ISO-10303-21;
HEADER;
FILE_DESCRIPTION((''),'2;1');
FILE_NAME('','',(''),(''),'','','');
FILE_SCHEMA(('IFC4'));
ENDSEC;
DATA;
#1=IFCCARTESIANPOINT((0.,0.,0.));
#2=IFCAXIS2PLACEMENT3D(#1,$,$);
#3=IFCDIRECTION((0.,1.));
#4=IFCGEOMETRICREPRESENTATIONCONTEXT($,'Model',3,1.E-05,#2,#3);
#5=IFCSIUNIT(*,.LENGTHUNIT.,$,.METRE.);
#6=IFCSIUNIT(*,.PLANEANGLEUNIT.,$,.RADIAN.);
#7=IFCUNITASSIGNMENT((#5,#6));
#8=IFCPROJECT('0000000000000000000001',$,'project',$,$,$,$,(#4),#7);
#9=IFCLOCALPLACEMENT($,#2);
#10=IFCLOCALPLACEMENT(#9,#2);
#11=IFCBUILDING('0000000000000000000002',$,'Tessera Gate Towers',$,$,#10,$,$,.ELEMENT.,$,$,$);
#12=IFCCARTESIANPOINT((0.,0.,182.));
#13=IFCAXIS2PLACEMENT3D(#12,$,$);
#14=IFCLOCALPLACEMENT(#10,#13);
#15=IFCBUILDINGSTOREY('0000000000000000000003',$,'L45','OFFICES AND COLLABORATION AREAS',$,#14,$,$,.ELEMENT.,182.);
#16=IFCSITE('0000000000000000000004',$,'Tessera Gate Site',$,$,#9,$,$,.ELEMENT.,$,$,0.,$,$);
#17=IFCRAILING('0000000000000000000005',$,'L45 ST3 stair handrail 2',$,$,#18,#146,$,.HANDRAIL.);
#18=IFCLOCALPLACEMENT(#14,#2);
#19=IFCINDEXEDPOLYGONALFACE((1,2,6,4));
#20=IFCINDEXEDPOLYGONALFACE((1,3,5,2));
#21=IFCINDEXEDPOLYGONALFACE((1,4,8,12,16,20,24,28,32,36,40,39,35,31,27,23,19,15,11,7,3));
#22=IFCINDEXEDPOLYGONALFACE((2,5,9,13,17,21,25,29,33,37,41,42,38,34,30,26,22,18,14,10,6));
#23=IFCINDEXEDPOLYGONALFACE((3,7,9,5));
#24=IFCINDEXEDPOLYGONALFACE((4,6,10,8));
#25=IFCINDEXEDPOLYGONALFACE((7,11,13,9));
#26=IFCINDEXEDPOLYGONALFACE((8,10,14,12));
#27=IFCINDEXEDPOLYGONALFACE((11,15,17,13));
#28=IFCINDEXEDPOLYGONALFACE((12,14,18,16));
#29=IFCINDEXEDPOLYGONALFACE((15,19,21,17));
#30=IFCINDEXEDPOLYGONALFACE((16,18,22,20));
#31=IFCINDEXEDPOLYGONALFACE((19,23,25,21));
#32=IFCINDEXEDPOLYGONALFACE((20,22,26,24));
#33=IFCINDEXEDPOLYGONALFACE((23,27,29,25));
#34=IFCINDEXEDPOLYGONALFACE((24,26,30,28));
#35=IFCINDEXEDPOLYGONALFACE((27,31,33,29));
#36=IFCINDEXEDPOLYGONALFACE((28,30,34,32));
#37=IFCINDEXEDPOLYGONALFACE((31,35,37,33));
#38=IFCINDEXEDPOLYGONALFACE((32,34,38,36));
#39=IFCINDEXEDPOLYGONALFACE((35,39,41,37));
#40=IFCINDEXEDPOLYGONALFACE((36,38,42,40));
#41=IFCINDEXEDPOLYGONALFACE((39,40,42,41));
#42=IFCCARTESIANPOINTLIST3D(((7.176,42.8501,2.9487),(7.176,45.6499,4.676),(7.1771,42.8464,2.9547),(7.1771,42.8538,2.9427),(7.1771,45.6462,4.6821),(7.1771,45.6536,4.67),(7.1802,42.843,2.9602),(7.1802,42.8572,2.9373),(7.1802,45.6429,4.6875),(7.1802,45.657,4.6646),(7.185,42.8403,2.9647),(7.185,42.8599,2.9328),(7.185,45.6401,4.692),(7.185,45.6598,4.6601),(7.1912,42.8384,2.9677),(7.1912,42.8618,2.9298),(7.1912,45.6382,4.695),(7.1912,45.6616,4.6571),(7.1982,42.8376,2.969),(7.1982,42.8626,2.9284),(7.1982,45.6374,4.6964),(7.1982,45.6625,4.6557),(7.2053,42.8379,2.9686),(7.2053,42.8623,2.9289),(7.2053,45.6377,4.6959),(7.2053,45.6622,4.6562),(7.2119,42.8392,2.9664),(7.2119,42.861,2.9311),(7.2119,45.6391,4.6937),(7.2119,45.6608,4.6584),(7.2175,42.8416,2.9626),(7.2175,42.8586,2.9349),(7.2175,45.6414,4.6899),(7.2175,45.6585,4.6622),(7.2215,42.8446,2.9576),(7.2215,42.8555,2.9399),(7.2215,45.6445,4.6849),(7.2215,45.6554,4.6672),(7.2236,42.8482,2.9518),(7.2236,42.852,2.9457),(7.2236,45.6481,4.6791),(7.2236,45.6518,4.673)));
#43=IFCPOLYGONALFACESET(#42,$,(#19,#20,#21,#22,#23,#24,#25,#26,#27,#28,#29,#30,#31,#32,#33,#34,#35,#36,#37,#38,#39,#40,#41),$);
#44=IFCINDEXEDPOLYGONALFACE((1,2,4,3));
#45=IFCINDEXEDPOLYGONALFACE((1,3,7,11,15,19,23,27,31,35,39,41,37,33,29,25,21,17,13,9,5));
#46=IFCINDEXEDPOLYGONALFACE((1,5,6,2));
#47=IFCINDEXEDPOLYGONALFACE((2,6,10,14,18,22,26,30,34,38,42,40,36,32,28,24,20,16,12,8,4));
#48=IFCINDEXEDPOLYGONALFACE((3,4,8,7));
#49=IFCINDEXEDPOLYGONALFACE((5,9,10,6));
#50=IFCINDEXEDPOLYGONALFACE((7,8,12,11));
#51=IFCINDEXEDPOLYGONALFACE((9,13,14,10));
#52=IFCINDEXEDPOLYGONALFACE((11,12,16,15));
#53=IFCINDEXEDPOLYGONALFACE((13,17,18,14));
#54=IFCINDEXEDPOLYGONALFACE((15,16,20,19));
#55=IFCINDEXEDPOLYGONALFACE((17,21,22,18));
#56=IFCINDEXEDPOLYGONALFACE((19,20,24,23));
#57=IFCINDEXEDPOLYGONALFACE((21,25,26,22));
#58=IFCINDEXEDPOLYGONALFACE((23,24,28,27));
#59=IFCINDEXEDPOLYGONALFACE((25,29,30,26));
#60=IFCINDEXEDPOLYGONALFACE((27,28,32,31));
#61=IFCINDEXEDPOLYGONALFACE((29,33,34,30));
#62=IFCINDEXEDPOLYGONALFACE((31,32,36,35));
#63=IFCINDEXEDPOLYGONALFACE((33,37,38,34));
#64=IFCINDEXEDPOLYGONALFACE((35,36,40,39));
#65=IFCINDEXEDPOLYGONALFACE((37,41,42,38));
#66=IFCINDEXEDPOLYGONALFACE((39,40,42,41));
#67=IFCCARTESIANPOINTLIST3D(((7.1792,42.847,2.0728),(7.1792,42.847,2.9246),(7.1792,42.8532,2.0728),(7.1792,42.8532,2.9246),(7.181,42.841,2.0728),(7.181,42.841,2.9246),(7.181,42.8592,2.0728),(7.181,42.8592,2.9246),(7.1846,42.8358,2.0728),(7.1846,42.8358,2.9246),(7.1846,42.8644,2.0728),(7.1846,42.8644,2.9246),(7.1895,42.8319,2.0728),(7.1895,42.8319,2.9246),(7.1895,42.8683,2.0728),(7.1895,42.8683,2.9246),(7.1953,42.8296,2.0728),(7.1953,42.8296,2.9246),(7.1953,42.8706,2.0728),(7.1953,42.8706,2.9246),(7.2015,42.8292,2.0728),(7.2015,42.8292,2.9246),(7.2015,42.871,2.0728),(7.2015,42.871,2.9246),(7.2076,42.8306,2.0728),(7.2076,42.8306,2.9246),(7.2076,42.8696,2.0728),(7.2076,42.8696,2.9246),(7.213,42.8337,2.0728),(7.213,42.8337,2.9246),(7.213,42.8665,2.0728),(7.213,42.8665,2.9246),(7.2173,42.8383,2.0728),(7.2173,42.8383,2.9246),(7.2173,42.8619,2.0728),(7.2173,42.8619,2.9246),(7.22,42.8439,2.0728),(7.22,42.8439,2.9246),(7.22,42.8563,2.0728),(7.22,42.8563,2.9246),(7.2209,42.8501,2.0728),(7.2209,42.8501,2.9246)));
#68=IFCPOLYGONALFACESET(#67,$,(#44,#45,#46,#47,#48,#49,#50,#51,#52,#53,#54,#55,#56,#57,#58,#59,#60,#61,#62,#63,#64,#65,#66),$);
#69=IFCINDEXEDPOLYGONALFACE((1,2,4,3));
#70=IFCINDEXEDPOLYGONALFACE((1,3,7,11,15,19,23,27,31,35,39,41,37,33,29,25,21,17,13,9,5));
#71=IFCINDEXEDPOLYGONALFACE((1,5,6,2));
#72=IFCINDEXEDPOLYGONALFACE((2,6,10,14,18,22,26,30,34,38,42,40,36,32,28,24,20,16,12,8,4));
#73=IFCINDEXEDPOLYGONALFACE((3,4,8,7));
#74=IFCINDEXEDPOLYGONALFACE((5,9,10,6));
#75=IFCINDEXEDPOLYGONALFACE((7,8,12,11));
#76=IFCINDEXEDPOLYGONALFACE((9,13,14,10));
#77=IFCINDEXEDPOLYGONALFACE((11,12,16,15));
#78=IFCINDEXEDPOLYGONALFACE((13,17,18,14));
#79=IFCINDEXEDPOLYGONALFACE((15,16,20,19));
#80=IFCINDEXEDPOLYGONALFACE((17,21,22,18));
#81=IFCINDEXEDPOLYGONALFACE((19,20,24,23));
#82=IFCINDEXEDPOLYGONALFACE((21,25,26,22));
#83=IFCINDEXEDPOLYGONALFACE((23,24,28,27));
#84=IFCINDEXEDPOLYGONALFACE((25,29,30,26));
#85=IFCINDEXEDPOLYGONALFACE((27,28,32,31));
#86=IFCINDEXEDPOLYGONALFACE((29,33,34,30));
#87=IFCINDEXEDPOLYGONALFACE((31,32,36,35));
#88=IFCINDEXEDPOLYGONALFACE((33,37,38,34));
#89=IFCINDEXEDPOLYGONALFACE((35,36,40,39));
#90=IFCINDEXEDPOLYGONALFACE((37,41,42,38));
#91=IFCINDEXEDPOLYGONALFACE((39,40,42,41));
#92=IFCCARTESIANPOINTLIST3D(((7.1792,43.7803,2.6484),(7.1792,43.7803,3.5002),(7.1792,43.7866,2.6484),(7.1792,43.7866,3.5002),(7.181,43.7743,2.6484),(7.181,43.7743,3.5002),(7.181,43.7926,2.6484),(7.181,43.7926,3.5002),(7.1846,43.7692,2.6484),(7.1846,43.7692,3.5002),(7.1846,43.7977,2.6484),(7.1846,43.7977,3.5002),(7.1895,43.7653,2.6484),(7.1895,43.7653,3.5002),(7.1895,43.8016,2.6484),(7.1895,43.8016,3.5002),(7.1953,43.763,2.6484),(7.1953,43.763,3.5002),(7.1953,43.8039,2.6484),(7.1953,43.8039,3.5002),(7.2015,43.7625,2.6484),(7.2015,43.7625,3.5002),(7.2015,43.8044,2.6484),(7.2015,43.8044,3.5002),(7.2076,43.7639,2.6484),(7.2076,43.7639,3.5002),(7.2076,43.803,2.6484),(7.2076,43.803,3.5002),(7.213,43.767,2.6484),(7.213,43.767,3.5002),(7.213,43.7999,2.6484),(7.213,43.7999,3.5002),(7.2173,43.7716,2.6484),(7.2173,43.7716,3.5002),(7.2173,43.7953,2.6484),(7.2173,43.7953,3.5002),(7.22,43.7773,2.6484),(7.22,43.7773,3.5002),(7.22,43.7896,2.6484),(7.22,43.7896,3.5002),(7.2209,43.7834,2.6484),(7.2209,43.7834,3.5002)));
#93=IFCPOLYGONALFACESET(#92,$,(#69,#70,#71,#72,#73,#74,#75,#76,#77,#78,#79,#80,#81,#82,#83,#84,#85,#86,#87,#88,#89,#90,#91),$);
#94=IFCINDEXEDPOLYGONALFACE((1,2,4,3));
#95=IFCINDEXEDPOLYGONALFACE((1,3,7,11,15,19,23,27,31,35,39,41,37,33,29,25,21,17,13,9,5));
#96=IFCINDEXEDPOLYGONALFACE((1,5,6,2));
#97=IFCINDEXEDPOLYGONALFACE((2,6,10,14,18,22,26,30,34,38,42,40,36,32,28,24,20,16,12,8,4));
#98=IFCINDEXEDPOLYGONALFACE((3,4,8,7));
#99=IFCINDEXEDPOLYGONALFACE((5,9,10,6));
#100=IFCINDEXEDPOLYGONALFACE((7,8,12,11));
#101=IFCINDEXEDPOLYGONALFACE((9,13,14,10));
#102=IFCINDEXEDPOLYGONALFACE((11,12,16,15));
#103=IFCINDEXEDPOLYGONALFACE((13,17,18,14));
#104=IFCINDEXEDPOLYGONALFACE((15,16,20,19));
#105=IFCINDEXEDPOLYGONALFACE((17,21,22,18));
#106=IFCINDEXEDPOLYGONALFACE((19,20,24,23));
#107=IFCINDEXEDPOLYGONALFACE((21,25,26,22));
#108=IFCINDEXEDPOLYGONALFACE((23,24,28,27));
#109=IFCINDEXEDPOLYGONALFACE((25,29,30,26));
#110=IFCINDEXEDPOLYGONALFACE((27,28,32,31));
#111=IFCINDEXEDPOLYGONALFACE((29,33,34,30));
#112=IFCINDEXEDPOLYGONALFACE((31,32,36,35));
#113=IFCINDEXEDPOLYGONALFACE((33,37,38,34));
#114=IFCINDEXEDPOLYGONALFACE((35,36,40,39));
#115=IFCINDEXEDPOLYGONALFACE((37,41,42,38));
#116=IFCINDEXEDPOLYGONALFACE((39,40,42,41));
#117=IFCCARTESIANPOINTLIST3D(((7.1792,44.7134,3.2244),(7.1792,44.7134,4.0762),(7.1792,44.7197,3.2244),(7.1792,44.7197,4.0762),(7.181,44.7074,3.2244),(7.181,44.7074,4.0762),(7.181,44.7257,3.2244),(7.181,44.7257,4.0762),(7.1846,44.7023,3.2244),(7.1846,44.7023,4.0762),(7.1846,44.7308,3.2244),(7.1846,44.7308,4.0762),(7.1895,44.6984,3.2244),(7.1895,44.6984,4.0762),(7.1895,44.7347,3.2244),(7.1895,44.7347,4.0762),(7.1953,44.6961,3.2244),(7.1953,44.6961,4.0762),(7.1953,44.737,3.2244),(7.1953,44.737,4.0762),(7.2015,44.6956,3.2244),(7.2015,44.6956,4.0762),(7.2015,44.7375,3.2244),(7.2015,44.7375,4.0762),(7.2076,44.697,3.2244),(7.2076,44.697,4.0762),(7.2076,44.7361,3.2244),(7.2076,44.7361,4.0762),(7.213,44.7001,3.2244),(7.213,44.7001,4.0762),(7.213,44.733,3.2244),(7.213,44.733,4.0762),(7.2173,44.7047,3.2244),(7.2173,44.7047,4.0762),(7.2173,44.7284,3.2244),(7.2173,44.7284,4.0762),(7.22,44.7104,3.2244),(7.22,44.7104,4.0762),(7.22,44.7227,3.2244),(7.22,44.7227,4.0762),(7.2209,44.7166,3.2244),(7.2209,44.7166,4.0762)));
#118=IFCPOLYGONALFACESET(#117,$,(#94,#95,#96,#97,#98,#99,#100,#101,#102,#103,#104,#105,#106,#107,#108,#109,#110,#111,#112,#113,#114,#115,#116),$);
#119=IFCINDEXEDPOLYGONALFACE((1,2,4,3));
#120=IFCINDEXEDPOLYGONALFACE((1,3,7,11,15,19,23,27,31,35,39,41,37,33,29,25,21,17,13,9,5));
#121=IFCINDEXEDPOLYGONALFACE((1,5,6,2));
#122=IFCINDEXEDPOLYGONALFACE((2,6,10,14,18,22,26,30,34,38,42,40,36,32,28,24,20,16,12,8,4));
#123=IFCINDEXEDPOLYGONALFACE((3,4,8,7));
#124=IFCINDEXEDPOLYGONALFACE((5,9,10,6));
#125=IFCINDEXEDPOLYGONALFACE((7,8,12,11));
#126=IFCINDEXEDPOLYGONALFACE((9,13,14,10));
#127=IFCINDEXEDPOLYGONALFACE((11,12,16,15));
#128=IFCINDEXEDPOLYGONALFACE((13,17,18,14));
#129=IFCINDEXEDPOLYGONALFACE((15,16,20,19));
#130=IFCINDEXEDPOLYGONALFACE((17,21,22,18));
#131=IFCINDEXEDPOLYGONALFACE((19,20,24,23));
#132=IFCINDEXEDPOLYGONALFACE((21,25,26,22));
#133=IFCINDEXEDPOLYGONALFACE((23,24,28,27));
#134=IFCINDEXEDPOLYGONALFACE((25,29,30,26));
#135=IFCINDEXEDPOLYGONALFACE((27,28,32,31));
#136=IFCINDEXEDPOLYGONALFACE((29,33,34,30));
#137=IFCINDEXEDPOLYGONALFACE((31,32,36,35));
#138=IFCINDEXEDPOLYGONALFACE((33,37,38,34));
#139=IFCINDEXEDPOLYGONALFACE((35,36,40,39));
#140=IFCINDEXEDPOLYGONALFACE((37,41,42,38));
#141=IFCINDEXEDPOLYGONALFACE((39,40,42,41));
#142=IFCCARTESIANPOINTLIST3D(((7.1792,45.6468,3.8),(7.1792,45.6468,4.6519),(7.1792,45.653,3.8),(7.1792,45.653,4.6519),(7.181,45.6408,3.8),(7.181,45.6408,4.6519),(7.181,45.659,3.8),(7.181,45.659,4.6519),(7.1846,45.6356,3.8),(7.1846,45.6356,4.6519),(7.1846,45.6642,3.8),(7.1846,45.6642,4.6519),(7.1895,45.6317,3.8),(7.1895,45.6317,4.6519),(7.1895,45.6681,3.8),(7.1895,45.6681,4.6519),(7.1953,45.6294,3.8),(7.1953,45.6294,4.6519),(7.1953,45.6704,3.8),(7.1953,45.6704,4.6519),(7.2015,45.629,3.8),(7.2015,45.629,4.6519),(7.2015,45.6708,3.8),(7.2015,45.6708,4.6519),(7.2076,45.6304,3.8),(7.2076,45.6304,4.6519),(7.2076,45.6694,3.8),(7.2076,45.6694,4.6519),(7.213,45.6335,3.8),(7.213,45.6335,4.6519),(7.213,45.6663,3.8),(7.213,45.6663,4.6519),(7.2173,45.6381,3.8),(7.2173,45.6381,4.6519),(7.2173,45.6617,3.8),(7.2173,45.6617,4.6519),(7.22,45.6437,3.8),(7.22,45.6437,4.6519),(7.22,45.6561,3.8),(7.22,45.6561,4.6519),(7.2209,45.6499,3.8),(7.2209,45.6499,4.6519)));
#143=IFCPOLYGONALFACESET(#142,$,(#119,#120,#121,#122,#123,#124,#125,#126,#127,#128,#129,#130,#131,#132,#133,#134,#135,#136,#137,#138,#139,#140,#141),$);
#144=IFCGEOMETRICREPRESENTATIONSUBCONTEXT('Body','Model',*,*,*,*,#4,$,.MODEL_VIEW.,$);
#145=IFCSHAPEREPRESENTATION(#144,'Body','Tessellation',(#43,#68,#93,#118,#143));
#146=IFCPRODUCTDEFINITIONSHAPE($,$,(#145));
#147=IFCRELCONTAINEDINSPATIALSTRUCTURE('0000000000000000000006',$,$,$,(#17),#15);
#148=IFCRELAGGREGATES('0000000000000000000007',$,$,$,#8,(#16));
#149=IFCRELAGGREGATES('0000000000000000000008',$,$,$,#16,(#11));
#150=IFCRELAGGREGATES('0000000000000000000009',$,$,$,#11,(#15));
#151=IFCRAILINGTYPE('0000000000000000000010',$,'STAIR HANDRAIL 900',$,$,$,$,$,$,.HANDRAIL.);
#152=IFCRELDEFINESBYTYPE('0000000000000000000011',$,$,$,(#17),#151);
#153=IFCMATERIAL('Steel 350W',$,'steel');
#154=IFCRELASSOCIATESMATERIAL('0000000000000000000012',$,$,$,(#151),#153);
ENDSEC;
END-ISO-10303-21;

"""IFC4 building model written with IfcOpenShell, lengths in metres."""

from ifc_helpers import new_model, si_unit, direction, frame, origin, origin_2d, place, context, subcontext, project, spatial, circle, extrude, material, type_object, element, save


model = new_model("IFC4")

# Units and contexts
model_context = context("Model", 3, precision=1e-05, world=origin(), true_north=direction((0.0, 1.0)))
body_context = subcontext(model_context, "Body", "Model", "MODEL_VIEW")
ifc_project = project(units=[si_unit("LENGTHUNIT", "METRE"), si_unit("PLANEANGLEUNIT", "RADIAN")], contexts=[model_context])

# Site, building, storey
site_placement = place(None, origin())
site = spatial("IfcSite", under=ifc_project, at=site_placement, Name="Tessera Gate Site", CompositionType="ELEMENT", RefElevation=0.0)
building_placement = place(site_placement, origin())
building = spatial("IfcBuilding", under=site, at=building_placement, Name="Tessera Gate Towers", CompositionType="ELEMENT")
storey_placement = place(building_placement, frame((0.0, 0.0, 182.0)))
storey = spatial("IfcBuildingStorey", under=building, at=storey_placement, Name="L45", Description="OFFICES AND COLLABORATION AREAS", CompositionType="ELEMENT", Elevation=182.0)

# Railing
ifc_material_1 = material(Name="Steel 350W", Category="steel")
railing_type = type_object("IfcRailingType", Name="STAIR HANDRAIL 900", PredefinedType="HANDRAIL", material=ifc_material_1)
railing_placement = place(storey_placement, frame((7.2, 42.8501, 2.0728)))
element("IfcRailing", 1, at=railing_placement, inside=storey, type_object=railing_type, Name="L45 ST3 stair handrail 2", PredefinedType="HANDRAIL", context=body_context, shape_type="SweptSolid", body=[
    extrude(circle(Radius=0.0239, at=origin_2d()), frame((0.0, 0.0, 0.876), z_axis=(0.0, 0.851069, 0.525054), x_axis=(-1.0, 0.0, 0.0)), (0.0, 0.0, 1.0), 3.2898),
    extrude(circle(Radius=0.021, at=origin_2d()), origin(), (0.0, 0.0, 1.0), 0.8518),
    extrude(circle(Radius=0.021, at=origin_2d()), frame((0.0, 0.9333, 0.5757)), (0.0, 0.0, 1.0), 0.8518),
    extrude(circle(Radius=0.021, at=origin_2d()), frame((0.0, 1.8665, 1.1516)), (0.0, 0.0, 1.0), 0.8518),
    extrude(circle(Radius=0.021, at=origin_2d()), frame((0.0, 2.7998, 1.7273)), (0.0, 0.0, 1.0), 0.8518),
])

save(model, "model.ifc")
